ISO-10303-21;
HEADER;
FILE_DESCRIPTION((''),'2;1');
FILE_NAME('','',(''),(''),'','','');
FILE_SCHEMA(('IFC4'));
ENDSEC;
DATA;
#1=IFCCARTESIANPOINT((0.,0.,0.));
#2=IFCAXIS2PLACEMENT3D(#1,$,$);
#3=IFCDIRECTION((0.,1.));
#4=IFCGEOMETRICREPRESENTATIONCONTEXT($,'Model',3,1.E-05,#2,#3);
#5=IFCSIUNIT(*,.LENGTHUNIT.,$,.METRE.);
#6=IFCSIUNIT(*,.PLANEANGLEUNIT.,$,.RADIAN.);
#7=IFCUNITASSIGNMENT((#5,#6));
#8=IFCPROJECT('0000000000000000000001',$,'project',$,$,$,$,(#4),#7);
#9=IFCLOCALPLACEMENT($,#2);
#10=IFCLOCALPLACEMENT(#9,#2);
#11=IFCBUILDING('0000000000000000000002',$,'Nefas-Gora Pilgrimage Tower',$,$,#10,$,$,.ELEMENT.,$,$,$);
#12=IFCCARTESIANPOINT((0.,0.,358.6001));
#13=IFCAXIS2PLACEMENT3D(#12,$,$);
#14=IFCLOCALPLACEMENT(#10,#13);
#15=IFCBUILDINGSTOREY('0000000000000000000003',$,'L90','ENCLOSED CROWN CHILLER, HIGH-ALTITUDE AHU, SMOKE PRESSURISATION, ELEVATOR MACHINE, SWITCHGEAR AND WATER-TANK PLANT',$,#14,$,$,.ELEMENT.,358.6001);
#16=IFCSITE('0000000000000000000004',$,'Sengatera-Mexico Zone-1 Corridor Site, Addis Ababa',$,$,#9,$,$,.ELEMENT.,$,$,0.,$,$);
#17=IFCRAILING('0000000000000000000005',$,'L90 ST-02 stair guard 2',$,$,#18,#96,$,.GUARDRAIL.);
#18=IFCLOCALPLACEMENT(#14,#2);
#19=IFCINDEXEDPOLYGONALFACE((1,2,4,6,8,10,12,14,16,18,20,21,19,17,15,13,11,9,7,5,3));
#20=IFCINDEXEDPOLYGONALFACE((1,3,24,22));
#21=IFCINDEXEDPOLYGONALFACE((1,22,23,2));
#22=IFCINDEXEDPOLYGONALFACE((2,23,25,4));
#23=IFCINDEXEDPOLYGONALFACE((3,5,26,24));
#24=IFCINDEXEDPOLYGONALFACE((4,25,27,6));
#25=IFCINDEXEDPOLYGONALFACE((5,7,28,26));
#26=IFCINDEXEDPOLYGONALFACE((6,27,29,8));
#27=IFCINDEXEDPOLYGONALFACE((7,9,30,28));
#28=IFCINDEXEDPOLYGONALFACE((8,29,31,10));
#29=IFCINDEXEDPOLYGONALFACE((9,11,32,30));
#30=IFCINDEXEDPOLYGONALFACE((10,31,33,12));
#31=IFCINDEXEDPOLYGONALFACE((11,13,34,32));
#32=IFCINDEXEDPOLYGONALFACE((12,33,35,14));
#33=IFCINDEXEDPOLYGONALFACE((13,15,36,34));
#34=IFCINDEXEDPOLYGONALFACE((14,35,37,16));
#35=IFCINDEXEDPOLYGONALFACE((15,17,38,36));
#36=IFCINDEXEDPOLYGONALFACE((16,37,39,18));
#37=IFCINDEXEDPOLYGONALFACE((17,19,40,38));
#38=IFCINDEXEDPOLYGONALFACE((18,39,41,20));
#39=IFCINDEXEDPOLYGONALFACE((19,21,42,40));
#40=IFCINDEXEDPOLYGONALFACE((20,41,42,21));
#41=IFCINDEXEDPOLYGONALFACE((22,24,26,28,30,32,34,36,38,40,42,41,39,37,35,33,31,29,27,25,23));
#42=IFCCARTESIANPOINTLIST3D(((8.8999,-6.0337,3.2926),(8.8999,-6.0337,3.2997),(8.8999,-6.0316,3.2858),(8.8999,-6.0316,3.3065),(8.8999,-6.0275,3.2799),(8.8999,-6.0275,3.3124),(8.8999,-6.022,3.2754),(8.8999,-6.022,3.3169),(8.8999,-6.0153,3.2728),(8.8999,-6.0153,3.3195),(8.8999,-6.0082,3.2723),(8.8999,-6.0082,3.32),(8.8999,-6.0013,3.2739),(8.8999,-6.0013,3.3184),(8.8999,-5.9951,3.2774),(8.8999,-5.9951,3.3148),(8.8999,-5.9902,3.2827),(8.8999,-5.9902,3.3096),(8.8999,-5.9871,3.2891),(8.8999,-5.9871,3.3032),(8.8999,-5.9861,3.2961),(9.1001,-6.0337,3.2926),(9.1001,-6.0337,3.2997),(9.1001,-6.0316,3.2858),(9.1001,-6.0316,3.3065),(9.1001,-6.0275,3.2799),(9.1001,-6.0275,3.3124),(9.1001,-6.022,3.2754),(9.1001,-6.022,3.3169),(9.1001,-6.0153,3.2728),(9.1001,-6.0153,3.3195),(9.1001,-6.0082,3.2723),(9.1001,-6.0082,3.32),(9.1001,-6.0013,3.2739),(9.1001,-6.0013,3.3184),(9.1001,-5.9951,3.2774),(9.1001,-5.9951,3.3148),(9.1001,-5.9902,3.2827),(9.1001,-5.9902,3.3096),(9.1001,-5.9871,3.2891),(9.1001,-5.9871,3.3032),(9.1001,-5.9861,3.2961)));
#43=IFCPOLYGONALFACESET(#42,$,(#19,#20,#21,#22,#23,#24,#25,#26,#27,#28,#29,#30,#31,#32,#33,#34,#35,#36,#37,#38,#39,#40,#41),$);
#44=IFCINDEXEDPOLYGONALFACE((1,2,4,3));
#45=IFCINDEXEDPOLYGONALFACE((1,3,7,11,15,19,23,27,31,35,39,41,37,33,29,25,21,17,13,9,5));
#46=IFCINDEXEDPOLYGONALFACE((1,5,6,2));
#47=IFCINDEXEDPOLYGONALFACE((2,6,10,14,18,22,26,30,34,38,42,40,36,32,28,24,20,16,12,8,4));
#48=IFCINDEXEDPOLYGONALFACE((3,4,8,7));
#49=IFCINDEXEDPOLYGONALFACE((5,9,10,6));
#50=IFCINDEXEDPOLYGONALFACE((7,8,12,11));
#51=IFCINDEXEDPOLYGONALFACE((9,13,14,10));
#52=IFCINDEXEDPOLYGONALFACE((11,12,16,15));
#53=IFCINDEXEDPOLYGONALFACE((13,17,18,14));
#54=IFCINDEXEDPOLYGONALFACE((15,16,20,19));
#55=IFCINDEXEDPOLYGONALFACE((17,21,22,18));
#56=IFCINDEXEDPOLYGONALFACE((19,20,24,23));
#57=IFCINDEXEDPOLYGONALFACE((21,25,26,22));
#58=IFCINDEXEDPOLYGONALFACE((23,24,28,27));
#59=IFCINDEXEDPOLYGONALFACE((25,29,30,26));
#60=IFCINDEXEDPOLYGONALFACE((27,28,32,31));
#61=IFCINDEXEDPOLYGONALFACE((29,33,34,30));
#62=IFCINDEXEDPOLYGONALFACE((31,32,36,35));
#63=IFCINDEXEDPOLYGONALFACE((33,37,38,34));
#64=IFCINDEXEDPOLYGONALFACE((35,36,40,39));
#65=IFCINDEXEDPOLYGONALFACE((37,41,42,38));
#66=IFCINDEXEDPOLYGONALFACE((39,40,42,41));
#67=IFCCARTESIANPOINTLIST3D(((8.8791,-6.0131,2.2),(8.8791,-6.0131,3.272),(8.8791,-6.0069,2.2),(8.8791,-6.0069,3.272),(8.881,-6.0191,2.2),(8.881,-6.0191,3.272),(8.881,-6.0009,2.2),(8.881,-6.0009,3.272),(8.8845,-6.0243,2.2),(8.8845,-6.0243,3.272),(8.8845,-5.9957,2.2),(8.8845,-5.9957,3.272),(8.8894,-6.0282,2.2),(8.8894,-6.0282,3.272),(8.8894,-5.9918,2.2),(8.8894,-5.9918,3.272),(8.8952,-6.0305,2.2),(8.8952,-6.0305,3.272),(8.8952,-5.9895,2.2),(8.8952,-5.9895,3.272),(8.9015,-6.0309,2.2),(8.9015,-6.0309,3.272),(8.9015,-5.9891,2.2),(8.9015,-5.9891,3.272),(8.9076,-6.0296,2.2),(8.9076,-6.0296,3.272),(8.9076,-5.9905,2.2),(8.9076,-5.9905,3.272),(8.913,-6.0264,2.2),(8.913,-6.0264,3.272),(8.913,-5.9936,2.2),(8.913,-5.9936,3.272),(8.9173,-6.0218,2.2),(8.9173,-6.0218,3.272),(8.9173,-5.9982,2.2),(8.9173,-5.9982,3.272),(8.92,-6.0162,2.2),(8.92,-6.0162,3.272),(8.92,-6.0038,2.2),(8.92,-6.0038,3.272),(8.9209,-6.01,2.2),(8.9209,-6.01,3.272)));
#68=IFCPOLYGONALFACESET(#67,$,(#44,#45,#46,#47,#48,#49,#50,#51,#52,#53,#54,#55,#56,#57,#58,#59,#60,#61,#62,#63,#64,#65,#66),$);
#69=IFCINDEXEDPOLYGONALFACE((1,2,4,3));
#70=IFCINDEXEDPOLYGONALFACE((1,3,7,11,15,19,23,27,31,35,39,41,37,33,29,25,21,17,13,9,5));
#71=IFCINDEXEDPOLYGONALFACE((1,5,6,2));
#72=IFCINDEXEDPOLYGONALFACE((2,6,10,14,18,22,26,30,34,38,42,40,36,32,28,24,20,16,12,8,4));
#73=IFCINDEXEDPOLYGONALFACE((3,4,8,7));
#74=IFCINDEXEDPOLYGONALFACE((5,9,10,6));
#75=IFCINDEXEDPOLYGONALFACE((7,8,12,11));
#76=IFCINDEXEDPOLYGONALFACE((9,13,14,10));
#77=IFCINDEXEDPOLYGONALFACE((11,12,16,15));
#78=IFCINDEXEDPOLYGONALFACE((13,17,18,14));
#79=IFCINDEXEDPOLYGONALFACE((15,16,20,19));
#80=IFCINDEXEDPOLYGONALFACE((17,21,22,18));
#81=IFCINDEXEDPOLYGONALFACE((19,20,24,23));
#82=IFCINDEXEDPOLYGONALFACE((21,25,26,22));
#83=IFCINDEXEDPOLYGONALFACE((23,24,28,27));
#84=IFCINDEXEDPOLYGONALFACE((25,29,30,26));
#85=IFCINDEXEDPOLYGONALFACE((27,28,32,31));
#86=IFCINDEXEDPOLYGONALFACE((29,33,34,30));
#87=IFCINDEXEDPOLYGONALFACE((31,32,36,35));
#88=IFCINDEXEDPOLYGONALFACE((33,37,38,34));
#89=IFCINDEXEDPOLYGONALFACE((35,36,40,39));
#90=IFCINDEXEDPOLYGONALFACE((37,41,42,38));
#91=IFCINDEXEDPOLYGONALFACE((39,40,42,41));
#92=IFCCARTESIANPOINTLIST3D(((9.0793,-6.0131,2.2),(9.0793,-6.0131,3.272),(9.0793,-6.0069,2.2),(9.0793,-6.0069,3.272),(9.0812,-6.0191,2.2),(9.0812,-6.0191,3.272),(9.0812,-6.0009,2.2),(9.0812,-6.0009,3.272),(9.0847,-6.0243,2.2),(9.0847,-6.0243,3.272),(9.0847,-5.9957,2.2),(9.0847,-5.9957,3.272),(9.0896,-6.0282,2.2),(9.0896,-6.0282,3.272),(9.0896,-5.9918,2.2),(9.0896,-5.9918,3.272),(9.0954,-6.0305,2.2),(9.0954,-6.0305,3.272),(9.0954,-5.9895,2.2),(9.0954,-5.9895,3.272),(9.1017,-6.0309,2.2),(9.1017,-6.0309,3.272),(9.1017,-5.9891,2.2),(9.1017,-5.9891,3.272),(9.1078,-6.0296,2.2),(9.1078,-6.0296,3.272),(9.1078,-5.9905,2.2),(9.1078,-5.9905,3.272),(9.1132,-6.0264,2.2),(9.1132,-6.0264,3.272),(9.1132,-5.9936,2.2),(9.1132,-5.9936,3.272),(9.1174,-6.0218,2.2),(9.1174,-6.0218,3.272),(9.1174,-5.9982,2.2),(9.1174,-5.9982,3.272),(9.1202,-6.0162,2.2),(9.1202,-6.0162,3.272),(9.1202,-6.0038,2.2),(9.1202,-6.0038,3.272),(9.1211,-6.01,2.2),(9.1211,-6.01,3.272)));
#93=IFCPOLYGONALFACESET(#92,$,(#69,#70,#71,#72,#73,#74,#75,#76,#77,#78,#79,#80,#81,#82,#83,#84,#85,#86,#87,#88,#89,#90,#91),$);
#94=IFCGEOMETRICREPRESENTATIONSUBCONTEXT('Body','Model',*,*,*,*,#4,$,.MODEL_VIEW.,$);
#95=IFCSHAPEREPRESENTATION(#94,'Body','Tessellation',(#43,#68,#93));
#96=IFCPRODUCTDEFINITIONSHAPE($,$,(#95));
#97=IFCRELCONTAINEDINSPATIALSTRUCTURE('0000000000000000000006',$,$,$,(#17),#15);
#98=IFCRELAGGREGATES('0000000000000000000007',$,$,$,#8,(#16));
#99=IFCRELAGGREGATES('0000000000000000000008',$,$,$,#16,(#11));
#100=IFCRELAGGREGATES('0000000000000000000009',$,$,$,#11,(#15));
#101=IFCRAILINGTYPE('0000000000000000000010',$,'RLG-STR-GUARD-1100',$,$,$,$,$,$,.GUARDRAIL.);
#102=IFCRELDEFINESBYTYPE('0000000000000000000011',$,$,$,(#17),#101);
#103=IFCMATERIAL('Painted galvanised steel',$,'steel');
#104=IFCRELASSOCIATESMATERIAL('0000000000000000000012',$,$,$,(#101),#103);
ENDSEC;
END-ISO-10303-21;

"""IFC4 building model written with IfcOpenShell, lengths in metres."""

from ifc_helpers import new_model, si_unit, direction, frame, origin, origin_2d, place, context, subcontext, project, spatial, circle, extrude, material, type_object, element, save


model = new_model("IFC4")

# Units and contexts
model_context = context("Model", 3, precision=1e-05, world=origin(), true_north=direction((0.0, 1.0)))
body_context = subcontext(model_context, "Body", "Model", "MODEL_VIEW")
ifc_project = project(units=[si_unit("LENGTHUNIT", "METRE"), si_unit("PLANEANGLEUNIT", "RADIAN")], contexts=[model_context])

# Site, building, storey
site_placement = place(None, origin())
site = spatial("IfcSite", under=ifc_project, at=site_placement, Name="Sengatera-Mexico Zone-1 Corridor Site, Addis Ababa", CompositionType="ELEMENT", RefElevation=0.0)
building_placement = place(site_placement, origin())
building = spatial("IfcBuilding", under=site, at=building_placement, Name="Nefas-Gora Pilgrimage Tower", CompositionType="ELEMENT")
storey_placement = place(building_placement, frame((0.0, 0.0, 358.6001)))
storey = spatial("IfcBuildingStorey", under=building, at=storey_placement, Name="L90", Description="ENCLOSED CROWN CHILLER, HIGH-ALTITUDE AHU, SMOKE PRESSURISATION, ELEVATOR MACHINE, SWITCHGEAR AND WATER-TANK PLANT", CompositionType="ELEMENT", Elevation=358.6001)

# Railing
ifc_material_1 = material(Name="Painted galvanised steel", Category="steel")
railing_type_1 = type_object("IfcRailingType", Name="RLG-STR-GUARD-1100", PredefinedType="GUARDRAIL", material=ifc_material_1)
railing_1_placement = place(storey_placement, frame((8.8999, -6.01, 2.2)))
element("IfcRailing", 1, at=railing_1_placement, inside=storey, type_object=railing_type_1, Name="L90 ST-02 stair guard 2", PredefinedType="GUARDRAIL", context=body_context, shape_type="SweptSolid", body=[
    extrude(circle(Radius=0.0239, at=origin_2d()), frame((0.0, 0.0, 1.0962), z_axis=(1.0, 0.0, 0.0), x_axis=(0.0, 1.0, 0.0)), (0.0, 0.0, 1.0), 0.2002),
    extrude(circle(Radius=0.021, at=origin_2d()), origin(), (0.0, 0.0, 1.0), 1.072),
    extrude(circle(Radius=0.021, at=origin_2d()), frame((0.2002, 0.0, 0.0)), (0.0, 0.0, 1.0), 1.072),
])

save(model, "model.ifc")
